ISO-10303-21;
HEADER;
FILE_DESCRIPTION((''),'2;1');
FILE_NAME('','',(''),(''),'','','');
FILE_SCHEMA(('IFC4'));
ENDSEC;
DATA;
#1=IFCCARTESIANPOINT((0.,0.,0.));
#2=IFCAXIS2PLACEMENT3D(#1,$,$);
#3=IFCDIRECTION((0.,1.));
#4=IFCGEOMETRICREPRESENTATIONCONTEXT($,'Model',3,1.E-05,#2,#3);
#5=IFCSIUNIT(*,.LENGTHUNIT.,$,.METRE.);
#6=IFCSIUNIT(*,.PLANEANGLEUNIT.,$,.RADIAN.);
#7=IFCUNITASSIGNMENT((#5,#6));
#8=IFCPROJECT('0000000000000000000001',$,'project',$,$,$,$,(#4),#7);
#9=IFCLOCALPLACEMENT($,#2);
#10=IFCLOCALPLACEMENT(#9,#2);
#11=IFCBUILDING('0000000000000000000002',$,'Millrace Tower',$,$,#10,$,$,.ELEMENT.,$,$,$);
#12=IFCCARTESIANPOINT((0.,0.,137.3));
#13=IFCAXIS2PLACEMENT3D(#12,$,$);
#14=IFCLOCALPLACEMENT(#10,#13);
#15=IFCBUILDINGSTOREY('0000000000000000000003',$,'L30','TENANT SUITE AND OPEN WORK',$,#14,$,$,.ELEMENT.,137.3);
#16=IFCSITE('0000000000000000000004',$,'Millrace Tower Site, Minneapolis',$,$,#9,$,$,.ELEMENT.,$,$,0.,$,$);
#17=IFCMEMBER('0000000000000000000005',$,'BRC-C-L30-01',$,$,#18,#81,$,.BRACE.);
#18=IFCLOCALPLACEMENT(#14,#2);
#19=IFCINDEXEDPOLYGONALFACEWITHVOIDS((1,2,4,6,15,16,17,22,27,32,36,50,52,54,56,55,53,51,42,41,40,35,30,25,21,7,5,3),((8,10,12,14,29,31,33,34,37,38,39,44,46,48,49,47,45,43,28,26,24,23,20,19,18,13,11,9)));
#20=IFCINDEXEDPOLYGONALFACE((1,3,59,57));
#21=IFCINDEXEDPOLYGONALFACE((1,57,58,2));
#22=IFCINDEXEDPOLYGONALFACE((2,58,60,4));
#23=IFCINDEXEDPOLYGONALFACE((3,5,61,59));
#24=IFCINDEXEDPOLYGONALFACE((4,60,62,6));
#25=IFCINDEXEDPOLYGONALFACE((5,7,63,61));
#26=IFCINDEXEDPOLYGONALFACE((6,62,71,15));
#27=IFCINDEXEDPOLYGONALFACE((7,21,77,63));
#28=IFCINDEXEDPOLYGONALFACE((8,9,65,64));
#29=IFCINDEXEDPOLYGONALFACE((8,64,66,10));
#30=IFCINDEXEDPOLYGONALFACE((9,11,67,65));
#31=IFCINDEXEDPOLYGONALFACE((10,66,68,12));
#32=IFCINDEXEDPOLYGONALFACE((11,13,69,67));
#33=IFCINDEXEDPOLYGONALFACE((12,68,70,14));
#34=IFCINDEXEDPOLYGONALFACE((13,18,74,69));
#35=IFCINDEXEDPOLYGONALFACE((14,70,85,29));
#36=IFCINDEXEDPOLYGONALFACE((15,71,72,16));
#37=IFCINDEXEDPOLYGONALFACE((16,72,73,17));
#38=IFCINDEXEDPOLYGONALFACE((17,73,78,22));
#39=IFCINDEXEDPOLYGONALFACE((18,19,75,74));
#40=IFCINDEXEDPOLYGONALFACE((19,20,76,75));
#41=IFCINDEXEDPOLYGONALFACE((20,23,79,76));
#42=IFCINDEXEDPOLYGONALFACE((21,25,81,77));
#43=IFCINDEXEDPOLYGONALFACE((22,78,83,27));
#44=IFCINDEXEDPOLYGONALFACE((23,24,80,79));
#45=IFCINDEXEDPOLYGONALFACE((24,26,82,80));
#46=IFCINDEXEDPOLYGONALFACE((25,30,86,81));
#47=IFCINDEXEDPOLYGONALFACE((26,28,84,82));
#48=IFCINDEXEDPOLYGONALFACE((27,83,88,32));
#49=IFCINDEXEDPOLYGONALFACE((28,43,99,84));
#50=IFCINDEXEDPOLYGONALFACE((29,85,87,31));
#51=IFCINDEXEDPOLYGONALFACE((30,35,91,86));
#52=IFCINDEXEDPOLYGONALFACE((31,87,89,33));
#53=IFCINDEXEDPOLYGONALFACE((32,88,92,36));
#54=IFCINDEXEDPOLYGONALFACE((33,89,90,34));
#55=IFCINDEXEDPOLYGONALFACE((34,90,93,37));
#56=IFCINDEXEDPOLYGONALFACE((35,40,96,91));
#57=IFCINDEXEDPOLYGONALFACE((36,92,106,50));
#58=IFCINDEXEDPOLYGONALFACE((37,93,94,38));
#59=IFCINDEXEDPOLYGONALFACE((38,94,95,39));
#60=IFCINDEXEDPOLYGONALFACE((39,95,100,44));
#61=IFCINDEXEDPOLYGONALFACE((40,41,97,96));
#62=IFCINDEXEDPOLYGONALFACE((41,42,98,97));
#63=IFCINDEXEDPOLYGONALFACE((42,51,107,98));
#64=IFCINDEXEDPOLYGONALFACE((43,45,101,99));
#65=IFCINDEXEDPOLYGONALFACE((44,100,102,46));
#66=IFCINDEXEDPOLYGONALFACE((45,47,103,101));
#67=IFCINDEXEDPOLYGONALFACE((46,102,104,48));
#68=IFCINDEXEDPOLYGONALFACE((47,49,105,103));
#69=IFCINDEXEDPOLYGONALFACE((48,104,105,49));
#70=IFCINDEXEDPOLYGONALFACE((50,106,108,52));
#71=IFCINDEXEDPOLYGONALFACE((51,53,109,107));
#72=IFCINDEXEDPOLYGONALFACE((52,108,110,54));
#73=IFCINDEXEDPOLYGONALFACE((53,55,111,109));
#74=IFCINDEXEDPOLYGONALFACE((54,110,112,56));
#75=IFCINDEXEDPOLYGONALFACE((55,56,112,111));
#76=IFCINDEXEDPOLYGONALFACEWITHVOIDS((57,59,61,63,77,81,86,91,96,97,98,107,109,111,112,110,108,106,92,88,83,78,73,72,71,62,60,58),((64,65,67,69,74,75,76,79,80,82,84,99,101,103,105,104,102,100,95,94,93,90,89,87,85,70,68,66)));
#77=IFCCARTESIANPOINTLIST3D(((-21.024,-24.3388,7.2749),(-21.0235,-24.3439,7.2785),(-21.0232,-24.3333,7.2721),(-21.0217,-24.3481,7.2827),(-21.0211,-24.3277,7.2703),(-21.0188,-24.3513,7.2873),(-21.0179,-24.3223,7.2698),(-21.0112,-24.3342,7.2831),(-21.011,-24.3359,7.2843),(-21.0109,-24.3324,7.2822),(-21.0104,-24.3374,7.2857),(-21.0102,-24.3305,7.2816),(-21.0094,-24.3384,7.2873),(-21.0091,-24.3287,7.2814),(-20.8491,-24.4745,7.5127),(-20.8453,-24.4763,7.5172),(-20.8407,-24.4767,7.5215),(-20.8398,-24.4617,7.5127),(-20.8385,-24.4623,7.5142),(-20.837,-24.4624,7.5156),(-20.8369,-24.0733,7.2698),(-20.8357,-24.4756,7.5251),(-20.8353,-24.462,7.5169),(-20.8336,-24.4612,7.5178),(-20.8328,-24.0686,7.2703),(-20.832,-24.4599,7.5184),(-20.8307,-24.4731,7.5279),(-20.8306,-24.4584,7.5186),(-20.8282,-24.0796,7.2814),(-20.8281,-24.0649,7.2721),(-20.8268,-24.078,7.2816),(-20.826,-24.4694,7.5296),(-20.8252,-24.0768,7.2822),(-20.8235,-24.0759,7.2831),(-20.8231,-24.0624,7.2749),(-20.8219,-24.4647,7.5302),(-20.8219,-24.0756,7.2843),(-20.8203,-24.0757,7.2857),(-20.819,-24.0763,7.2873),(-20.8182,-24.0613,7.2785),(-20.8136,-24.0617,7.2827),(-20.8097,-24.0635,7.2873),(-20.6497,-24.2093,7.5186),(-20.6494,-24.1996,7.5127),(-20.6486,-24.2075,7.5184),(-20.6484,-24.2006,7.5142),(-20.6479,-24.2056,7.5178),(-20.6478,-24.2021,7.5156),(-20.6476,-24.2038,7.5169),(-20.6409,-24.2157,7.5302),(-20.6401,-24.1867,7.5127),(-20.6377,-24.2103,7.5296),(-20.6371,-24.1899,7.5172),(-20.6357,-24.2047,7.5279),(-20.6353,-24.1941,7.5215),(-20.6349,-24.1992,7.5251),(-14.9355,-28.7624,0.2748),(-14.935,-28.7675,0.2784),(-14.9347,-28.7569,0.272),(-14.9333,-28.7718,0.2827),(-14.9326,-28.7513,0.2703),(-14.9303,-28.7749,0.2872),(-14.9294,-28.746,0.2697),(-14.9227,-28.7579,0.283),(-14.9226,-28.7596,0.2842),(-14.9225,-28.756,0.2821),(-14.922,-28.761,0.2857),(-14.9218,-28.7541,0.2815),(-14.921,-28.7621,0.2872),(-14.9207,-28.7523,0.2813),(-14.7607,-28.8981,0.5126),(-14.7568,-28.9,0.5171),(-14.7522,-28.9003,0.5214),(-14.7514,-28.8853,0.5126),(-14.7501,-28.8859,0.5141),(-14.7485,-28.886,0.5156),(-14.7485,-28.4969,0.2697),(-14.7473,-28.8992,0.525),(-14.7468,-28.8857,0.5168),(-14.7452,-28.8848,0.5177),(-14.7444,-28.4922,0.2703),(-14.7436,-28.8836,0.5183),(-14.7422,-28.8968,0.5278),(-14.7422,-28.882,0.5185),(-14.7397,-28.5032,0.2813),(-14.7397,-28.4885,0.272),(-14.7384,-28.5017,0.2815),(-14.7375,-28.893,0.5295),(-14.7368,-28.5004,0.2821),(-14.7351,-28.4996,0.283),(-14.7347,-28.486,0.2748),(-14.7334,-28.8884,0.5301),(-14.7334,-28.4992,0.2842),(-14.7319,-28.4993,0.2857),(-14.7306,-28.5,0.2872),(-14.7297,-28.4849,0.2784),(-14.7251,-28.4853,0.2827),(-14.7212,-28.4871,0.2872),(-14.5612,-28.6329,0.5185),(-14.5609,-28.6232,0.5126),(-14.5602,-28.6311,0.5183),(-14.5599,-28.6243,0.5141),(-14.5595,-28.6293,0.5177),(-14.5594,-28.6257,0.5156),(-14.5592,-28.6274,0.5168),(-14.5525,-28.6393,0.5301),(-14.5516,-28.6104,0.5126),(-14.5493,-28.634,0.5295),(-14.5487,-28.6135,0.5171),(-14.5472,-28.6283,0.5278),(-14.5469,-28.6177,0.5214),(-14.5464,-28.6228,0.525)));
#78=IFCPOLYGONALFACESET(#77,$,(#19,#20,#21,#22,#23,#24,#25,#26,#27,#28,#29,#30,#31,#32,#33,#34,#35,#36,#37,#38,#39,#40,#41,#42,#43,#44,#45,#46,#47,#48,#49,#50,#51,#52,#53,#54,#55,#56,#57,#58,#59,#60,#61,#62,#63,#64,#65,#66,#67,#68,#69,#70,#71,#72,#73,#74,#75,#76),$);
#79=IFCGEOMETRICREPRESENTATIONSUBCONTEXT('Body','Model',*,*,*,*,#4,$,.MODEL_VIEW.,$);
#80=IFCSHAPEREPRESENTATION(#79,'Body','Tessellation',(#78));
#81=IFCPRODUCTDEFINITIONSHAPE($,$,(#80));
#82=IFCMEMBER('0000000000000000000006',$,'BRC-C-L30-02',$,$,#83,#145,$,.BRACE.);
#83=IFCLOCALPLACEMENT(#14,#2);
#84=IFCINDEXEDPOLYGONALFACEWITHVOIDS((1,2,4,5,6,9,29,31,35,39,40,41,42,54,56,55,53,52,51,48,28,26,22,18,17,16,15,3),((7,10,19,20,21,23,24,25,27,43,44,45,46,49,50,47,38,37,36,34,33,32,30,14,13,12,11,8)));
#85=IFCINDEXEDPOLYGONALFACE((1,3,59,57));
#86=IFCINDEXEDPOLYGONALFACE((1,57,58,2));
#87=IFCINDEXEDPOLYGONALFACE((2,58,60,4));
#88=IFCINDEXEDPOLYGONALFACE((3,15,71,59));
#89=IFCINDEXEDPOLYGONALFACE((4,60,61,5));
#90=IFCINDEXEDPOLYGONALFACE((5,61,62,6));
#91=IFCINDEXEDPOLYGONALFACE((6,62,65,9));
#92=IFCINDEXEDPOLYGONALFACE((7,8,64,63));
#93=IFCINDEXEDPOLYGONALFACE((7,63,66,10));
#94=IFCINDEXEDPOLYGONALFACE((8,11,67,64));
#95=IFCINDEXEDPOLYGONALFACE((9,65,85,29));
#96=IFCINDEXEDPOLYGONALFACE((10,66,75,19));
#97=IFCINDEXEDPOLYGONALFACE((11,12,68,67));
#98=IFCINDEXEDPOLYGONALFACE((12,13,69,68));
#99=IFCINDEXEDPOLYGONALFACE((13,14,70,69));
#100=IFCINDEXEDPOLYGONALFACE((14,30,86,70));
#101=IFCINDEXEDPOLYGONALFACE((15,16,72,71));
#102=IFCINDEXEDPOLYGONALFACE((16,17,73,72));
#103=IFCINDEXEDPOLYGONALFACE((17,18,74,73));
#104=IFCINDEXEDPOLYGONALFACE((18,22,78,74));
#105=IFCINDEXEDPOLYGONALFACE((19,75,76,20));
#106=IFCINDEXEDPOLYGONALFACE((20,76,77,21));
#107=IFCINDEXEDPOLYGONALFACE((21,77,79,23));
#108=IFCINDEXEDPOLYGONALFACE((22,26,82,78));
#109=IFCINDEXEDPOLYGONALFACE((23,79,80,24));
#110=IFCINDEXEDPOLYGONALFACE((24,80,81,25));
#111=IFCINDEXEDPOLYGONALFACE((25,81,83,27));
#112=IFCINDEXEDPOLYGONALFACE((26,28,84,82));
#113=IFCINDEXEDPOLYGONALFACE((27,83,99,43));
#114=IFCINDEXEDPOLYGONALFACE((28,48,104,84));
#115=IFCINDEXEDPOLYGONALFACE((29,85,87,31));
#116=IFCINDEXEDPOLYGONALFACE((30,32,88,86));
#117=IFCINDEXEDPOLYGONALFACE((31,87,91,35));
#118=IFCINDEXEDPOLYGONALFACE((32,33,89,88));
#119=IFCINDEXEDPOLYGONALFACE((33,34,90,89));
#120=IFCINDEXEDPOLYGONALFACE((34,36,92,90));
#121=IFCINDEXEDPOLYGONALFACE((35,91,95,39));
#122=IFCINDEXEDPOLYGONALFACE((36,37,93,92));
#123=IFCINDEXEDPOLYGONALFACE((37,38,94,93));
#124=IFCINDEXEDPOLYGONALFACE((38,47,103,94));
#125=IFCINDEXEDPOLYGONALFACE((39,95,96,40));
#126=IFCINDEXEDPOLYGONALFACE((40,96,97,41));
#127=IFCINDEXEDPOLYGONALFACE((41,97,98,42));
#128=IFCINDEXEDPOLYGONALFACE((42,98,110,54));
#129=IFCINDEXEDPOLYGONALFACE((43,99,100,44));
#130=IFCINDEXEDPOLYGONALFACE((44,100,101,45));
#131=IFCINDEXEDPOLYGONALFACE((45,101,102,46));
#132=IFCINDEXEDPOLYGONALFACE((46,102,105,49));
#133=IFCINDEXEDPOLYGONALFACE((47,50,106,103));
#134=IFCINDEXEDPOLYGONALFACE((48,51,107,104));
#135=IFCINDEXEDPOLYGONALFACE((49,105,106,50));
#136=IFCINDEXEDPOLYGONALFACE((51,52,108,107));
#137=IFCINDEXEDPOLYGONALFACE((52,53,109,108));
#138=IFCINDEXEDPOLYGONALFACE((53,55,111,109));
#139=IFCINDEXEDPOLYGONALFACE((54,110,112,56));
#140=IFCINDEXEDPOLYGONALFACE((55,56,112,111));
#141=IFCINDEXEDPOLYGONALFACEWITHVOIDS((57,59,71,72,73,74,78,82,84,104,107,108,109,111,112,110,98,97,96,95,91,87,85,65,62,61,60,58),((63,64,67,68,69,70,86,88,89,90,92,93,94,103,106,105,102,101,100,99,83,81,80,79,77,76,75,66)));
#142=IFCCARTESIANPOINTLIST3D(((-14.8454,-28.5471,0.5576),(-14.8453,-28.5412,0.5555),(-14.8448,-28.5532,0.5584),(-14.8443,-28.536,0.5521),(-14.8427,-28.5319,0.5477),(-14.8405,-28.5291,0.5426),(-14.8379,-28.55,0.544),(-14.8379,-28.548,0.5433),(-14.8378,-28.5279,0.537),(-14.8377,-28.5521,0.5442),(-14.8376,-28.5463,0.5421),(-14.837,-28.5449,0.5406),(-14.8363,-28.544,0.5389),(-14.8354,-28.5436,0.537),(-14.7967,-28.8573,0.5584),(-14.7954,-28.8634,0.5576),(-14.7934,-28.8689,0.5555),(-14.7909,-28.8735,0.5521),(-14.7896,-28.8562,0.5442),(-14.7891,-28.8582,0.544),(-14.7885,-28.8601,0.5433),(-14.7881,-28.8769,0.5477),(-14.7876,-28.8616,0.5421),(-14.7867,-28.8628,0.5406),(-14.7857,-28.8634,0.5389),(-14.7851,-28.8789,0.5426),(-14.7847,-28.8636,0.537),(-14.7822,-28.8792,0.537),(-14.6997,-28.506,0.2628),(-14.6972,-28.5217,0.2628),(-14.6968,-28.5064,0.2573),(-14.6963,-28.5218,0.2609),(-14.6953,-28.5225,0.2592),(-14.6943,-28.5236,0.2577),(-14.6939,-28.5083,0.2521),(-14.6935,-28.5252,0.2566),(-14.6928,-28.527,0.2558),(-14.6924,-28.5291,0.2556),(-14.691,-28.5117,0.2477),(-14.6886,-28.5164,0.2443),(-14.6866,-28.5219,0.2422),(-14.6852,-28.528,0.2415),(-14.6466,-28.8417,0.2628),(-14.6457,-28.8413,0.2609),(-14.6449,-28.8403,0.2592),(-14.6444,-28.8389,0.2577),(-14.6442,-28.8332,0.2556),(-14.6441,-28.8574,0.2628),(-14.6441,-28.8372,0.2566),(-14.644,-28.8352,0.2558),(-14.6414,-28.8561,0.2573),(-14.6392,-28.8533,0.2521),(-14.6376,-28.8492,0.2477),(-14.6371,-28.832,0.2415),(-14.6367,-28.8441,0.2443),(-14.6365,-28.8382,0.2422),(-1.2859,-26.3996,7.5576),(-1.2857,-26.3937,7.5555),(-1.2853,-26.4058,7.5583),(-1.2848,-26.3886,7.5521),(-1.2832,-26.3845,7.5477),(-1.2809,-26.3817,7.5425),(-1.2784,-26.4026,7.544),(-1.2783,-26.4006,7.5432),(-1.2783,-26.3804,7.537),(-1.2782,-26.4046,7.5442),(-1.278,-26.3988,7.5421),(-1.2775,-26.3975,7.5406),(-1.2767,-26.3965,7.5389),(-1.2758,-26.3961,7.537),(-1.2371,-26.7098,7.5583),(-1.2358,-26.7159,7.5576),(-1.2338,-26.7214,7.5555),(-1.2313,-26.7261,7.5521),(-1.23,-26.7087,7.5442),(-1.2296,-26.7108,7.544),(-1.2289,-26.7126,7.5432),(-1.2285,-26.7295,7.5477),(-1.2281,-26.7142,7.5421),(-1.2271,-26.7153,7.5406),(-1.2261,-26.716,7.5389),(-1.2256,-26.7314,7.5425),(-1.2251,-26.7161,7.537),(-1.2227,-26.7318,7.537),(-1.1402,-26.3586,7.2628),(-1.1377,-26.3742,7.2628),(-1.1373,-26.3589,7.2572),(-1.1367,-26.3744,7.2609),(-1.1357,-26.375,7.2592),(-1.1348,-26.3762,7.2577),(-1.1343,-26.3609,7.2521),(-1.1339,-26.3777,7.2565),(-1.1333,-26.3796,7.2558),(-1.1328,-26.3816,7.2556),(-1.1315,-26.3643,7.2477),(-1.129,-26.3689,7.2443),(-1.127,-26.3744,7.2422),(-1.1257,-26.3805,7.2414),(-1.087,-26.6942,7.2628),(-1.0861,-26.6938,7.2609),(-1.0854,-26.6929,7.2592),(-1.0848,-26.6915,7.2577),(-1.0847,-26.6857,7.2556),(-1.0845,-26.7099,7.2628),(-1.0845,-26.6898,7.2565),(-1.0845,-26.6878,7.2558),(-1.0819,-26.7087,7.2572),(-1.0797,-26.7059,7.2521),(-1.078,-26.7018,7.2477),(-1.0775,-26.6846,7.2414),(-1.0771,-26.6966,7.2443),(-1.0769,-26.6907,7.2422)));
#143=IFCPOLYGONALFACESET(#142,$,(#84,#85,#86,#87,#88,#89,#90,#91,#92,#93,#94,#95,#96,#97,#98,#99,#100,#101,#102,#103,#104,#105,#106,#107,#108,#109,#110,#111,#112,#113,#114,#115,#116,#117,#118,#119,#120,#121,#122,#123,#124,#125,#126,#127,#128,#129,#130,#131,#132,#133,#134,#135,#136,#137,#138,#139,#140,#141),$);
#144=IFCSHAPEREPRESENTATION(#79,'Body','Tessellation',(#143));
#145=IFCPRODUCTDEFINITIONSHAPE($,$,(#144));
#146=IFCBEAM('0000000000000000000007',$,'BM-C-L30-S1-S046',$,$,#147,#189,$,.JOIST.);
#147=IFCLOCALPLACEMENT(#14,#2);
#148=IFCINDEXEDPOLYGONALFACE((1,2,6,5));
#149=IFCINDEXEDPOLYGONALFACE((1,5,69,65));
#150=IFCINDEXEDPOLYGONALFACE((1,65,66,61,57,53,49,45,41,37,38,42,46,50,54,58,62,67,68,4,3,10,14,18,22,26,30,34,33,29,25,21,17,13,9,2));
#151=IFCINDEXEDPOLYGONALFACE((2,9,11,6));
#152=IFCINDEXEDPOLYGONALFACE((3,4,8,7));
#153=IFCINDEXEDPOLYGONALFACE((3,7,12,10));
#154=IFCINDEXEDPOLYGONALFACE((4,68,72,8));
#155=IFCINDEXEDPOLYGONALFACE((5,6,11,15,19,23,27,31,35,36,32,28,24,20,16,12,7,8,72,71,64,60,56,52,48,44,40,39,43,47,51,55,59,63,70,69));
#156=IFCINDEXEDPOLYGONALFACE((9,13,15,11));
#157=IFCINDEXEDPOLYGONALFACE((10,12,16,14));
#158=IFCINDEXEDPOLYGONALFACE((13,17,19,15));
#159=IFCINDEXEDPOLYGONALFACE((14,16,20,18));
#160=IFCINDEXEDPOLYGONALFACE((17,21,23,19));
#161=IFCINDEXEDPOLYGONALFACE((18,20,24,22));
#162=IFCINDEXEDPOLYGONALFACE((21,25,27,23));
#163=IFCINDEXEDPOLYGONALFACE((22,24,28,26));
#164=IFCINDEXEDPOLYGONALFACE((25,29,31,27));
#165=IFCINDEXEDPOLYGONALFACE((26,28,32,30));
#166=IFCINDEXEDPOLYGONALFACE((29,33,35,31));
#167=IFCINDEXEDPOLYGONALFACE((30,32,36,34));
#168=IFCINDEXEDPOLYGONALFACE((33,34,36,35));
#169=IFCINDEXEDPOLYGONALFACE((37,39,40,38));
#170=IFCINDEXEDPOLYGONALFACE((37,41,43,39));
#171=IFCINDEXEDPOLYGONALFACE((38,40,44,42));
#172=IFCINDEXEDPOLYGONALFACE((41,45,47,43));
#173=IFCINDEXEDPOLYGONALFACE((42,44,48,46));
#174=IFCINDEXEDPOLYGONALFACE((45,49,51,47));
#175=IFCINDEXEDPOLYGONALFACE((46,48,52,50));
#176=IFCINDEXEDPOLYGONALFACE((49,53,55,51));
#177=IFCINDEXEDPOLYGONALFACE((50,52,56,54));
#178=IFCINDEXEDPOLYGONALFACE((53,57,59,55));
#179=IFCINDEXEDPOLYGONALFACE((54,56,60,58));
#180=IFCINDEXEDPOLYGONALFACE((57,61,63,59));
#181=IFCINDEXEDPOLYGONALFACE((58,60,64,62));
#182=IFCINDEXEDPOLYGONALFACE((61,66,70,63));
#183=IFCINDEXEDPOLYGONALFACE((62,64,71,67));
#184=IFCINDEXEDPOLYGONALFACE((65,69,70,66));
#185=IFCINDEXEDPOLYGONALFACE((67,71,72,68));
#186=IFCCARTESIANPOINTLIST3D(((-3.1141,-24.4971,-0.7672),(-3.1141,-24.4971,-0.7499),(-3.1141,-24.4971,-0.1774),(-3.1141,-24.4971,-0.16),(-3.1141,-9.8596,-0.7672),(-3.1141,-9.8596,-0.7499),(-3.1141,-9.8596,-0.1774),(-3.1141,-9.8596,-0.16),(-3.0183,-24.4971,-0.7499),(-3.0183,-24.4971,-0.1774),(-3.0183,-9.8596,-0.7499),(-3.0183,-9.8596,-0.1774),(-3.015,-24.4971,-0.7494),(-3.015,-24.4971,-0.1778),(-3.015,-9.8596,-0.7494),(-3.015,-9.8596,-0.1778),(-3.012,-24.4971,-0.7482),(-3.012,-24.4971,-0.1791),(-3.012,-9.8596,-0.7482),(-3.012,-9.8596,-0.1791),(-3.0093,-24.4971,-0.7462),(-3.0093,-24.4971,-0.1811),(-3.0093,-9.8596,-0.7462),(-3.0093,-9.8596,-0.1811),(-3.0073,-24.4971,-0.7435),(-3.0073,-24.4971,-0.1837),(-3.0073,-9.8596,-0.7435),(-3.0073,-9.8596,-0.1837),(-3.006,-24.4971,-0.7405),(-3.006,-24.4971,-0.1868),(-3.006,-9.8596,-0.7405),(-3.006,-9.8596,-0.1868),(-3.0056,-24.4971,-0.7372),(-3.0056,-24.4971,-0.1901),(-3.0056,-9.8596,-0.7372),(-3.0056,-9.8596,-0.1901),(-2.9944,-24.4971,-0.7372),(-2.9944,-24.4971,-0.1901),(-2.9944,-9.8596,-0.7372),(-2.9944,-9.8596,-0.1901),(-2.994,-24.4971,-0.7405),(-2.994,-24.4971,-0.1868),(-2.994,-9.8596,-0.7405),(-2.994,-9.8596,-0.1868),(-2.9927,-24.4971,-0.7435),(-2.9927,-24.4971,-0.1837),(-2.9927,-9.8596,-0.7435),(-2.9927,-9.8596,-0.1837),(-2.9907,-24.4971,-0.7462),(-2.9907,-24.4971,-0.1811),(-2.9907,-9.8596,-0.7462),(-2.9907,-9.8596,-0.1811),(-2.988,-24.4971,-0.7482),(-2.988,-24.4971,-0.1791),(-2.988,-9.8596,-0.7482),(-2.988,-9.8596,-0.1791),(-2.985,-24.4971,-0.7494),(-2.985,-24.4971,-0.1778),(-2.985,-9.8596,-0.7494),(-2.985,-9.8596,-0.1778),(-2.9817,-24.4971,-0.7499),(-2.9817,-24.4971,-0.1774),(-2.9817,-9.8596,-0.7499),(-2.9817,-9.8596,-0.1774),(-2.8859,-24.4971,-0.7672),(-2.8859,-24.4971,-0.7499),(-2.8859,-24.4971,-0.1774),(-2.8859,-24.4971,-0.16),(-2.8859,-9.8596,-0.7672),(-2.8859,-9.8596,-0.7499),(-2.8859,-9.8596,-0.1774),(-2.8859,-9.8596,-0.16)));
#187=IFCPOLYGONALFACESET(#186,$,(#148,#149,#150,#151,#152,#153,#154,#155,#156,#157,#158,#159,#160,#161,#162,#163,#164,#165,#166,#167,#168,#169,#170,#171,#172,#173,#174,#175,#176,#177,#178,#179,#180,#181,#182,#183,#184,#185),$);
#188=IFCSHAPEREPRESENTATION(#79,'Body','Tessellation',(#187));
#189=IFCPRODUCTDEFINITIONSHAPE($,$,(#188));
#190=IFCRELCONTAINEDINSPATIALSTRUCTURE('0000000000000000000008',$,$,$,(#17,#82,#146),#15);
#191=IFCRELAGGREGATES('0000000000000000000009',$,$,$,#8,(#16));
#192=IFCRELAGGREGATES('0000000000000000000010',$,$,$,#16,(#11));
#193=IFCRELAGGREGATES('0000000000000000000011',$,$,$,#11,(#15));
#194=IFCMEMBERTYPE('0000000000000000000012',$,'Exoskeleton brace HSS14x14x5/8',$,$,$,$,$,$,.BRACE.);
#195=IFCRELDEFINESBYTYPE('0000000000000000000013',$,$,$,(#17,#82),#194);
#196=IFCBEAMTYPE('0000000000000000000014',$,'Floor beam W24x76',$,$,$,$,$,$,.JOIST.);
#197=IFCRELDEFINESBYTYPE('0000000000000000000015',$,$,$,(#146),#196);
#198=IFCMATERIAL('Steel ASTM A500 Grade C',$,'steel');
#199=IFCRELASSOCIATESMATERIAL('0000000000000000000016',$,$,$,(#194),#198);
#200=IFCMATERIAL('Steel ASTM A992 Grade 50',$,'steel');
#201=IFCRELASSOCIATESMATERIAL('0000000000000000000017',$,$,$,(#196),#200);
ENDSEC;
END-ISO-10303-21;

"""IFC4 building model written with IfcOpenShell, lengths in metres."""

from ifc_helpers import new_model, si_unit, direction, frame, origin, origin_2d, place, context, subcontext, project, spatial, hollow_rectangle, i_section, extrude, material, material_profile, profile_set, type_object, element, save


model = new_model("IFC4")

# Units and contexts
model_context = context("Model", 3, precision=1e-05, world=origin(), true_north=direction((0.0, 1.0)))
body_context = subcontext(model_context, "Body", "Model", "MODEL_VIEW")
ifc_project = project(units=[si_unit("LENGTHUNIT", "METRE"), si_unit("PLANEANGLEUNIT", "RADIAN")], contexts=[model_context])

# Site, building, storey
site_placement = place(None, origin())
site = spatial("IfcSite", under=ifc_project, at=site_placement, Name="Millrace Tower Site, Minneapolis", CompositionType="ELEMENT", RefElevation=0.0)
building_placement = place(site_placement, origin())
building = spatial("IfcBuilding", under=site, at=building_placement, Name="Millrace Tower", CompositionType="ELEMENT")
storey_placement = place(building_placement, frame((0.0, 0.0, 137.3)))
storey = spatial("IfcBuildingStorey", under=building, at=storey_placement, Name="L30", Description="TENANT SUITE AND OPEN WORK", CompositionType="ELEMENT", Elevation=137.3)

# Members
ifc_material_1 = material(Name="Steel ASTM A500 Grade C", Category="steel")
ifc_material_profile_1 = material_profile(ifc_material_1, hollow_rectangle(XDim=0.3557, YDim=0.3557, WallThickness=0.0159, InnerFilletRadius=0.0081, OuterFilletRadius=0.0239, at=origin_2d()))
ifc_profile_set_1 = profile_set([ifc_material_profile_1], Name="Steel ASTM A500 Grade C")
member_type_1 = type_object("IfcMemberType", Name="Exoskeleton brace HSS14x14x5/8", PredefinedType="BRACE", material=ifc_profile_set_1)
member_1_placement = place(storey_placement, frame((-14.741, -28.6926, 0.3999), z_axis=(-0.592372, 0.430395, 0.681069), x_axis=(-0.587795, -0.80901, 0.0)))
element("IfcMember", 1, at=member_1_placement, inside=storey, type_object=member_type_1, Name="BRC-C-L30-01", PredefinedType="BRACE", context=body_context, shape_type="SweptSolid", body=[
    extrude(hollow_rectangle(XDim=0.3557, YDim=0.3557, WallThickness=0.0159, InnerFilletRadius=0.0081, OuterFilletRadius=0.0239, at=origin_2d()), origin(), (0.0, 0.0, 1.0), 10.2781),
])
member_2_placement = place(storey_placement, frame((-14.741, -28.6926, 0.3999), z_axis=(0.87991, 0.139353, 0.454245), x_axis=(-0.156423, 0.98769, 0.0)))
element("IfcMember", 2, at=member_2_placement, inside=storey, type_object=member_type_1, Name="BRC-C-L30-02", PredefinedType="BRACE", context=body_context, shape_type="SweptSolid", body=[
    extrude(hollow_rectangle(XDim=0.3557, YDim=0.3557, WallThickness=0.0159, InnerFilletRadius=0.0081, OuterFilletRadius=0.0239, at=origin_2d()), origin(), (0.0, 0.0, 1.0), 15.4102),
])

# Beam
ifc_material_2 = material(Name="Steel ASTM A992 Grade 50", Category="steel")
ifc_material_profile_2 = material_profile(ifc_material_2, i_section(OverallWidth=0.2283, OverallDepth=0.6072, WebThickness=0.0112, FlangeThickness=0.0173, FilletRadius=0.0127, at=origin_2d()))
ifc_profile_set_2 = profile_set([ifc_material_profile_2], Name="Steel ASTM A992 Grade 50")
beam_type_1 = type_object("IfcBeamType", Name="Floor beam W24x76", PredefinedType="JOIST", material=ifc_profile_set_2)
beam_1_placement = place(storey_placement, frame((-3.0, -24.4971, -0.4636), z_axis=(0.0, 1.0, 0.0), x_axis=(-1.0, 0.0, 0.0)))
element("IfcBeam", 3, at=beam_1_placement, inside=storey, type_object=beam_type_1, Name="BM-C-L30-S1-S046", PredefinedType="JOIST", context=body_context, shape_type="SweptSolid", body=[
    extrude(i_section(OverallWidth=0.2283, OverallDepth=0.6072, WebThickness=0.0112, FlangeThickness=0.0173, FilletRadius=0.0127, at=origin_2d()), origin(), (0.0, 0.0, 1.0), 14.6375),
])

save(model, "model.ifc")
